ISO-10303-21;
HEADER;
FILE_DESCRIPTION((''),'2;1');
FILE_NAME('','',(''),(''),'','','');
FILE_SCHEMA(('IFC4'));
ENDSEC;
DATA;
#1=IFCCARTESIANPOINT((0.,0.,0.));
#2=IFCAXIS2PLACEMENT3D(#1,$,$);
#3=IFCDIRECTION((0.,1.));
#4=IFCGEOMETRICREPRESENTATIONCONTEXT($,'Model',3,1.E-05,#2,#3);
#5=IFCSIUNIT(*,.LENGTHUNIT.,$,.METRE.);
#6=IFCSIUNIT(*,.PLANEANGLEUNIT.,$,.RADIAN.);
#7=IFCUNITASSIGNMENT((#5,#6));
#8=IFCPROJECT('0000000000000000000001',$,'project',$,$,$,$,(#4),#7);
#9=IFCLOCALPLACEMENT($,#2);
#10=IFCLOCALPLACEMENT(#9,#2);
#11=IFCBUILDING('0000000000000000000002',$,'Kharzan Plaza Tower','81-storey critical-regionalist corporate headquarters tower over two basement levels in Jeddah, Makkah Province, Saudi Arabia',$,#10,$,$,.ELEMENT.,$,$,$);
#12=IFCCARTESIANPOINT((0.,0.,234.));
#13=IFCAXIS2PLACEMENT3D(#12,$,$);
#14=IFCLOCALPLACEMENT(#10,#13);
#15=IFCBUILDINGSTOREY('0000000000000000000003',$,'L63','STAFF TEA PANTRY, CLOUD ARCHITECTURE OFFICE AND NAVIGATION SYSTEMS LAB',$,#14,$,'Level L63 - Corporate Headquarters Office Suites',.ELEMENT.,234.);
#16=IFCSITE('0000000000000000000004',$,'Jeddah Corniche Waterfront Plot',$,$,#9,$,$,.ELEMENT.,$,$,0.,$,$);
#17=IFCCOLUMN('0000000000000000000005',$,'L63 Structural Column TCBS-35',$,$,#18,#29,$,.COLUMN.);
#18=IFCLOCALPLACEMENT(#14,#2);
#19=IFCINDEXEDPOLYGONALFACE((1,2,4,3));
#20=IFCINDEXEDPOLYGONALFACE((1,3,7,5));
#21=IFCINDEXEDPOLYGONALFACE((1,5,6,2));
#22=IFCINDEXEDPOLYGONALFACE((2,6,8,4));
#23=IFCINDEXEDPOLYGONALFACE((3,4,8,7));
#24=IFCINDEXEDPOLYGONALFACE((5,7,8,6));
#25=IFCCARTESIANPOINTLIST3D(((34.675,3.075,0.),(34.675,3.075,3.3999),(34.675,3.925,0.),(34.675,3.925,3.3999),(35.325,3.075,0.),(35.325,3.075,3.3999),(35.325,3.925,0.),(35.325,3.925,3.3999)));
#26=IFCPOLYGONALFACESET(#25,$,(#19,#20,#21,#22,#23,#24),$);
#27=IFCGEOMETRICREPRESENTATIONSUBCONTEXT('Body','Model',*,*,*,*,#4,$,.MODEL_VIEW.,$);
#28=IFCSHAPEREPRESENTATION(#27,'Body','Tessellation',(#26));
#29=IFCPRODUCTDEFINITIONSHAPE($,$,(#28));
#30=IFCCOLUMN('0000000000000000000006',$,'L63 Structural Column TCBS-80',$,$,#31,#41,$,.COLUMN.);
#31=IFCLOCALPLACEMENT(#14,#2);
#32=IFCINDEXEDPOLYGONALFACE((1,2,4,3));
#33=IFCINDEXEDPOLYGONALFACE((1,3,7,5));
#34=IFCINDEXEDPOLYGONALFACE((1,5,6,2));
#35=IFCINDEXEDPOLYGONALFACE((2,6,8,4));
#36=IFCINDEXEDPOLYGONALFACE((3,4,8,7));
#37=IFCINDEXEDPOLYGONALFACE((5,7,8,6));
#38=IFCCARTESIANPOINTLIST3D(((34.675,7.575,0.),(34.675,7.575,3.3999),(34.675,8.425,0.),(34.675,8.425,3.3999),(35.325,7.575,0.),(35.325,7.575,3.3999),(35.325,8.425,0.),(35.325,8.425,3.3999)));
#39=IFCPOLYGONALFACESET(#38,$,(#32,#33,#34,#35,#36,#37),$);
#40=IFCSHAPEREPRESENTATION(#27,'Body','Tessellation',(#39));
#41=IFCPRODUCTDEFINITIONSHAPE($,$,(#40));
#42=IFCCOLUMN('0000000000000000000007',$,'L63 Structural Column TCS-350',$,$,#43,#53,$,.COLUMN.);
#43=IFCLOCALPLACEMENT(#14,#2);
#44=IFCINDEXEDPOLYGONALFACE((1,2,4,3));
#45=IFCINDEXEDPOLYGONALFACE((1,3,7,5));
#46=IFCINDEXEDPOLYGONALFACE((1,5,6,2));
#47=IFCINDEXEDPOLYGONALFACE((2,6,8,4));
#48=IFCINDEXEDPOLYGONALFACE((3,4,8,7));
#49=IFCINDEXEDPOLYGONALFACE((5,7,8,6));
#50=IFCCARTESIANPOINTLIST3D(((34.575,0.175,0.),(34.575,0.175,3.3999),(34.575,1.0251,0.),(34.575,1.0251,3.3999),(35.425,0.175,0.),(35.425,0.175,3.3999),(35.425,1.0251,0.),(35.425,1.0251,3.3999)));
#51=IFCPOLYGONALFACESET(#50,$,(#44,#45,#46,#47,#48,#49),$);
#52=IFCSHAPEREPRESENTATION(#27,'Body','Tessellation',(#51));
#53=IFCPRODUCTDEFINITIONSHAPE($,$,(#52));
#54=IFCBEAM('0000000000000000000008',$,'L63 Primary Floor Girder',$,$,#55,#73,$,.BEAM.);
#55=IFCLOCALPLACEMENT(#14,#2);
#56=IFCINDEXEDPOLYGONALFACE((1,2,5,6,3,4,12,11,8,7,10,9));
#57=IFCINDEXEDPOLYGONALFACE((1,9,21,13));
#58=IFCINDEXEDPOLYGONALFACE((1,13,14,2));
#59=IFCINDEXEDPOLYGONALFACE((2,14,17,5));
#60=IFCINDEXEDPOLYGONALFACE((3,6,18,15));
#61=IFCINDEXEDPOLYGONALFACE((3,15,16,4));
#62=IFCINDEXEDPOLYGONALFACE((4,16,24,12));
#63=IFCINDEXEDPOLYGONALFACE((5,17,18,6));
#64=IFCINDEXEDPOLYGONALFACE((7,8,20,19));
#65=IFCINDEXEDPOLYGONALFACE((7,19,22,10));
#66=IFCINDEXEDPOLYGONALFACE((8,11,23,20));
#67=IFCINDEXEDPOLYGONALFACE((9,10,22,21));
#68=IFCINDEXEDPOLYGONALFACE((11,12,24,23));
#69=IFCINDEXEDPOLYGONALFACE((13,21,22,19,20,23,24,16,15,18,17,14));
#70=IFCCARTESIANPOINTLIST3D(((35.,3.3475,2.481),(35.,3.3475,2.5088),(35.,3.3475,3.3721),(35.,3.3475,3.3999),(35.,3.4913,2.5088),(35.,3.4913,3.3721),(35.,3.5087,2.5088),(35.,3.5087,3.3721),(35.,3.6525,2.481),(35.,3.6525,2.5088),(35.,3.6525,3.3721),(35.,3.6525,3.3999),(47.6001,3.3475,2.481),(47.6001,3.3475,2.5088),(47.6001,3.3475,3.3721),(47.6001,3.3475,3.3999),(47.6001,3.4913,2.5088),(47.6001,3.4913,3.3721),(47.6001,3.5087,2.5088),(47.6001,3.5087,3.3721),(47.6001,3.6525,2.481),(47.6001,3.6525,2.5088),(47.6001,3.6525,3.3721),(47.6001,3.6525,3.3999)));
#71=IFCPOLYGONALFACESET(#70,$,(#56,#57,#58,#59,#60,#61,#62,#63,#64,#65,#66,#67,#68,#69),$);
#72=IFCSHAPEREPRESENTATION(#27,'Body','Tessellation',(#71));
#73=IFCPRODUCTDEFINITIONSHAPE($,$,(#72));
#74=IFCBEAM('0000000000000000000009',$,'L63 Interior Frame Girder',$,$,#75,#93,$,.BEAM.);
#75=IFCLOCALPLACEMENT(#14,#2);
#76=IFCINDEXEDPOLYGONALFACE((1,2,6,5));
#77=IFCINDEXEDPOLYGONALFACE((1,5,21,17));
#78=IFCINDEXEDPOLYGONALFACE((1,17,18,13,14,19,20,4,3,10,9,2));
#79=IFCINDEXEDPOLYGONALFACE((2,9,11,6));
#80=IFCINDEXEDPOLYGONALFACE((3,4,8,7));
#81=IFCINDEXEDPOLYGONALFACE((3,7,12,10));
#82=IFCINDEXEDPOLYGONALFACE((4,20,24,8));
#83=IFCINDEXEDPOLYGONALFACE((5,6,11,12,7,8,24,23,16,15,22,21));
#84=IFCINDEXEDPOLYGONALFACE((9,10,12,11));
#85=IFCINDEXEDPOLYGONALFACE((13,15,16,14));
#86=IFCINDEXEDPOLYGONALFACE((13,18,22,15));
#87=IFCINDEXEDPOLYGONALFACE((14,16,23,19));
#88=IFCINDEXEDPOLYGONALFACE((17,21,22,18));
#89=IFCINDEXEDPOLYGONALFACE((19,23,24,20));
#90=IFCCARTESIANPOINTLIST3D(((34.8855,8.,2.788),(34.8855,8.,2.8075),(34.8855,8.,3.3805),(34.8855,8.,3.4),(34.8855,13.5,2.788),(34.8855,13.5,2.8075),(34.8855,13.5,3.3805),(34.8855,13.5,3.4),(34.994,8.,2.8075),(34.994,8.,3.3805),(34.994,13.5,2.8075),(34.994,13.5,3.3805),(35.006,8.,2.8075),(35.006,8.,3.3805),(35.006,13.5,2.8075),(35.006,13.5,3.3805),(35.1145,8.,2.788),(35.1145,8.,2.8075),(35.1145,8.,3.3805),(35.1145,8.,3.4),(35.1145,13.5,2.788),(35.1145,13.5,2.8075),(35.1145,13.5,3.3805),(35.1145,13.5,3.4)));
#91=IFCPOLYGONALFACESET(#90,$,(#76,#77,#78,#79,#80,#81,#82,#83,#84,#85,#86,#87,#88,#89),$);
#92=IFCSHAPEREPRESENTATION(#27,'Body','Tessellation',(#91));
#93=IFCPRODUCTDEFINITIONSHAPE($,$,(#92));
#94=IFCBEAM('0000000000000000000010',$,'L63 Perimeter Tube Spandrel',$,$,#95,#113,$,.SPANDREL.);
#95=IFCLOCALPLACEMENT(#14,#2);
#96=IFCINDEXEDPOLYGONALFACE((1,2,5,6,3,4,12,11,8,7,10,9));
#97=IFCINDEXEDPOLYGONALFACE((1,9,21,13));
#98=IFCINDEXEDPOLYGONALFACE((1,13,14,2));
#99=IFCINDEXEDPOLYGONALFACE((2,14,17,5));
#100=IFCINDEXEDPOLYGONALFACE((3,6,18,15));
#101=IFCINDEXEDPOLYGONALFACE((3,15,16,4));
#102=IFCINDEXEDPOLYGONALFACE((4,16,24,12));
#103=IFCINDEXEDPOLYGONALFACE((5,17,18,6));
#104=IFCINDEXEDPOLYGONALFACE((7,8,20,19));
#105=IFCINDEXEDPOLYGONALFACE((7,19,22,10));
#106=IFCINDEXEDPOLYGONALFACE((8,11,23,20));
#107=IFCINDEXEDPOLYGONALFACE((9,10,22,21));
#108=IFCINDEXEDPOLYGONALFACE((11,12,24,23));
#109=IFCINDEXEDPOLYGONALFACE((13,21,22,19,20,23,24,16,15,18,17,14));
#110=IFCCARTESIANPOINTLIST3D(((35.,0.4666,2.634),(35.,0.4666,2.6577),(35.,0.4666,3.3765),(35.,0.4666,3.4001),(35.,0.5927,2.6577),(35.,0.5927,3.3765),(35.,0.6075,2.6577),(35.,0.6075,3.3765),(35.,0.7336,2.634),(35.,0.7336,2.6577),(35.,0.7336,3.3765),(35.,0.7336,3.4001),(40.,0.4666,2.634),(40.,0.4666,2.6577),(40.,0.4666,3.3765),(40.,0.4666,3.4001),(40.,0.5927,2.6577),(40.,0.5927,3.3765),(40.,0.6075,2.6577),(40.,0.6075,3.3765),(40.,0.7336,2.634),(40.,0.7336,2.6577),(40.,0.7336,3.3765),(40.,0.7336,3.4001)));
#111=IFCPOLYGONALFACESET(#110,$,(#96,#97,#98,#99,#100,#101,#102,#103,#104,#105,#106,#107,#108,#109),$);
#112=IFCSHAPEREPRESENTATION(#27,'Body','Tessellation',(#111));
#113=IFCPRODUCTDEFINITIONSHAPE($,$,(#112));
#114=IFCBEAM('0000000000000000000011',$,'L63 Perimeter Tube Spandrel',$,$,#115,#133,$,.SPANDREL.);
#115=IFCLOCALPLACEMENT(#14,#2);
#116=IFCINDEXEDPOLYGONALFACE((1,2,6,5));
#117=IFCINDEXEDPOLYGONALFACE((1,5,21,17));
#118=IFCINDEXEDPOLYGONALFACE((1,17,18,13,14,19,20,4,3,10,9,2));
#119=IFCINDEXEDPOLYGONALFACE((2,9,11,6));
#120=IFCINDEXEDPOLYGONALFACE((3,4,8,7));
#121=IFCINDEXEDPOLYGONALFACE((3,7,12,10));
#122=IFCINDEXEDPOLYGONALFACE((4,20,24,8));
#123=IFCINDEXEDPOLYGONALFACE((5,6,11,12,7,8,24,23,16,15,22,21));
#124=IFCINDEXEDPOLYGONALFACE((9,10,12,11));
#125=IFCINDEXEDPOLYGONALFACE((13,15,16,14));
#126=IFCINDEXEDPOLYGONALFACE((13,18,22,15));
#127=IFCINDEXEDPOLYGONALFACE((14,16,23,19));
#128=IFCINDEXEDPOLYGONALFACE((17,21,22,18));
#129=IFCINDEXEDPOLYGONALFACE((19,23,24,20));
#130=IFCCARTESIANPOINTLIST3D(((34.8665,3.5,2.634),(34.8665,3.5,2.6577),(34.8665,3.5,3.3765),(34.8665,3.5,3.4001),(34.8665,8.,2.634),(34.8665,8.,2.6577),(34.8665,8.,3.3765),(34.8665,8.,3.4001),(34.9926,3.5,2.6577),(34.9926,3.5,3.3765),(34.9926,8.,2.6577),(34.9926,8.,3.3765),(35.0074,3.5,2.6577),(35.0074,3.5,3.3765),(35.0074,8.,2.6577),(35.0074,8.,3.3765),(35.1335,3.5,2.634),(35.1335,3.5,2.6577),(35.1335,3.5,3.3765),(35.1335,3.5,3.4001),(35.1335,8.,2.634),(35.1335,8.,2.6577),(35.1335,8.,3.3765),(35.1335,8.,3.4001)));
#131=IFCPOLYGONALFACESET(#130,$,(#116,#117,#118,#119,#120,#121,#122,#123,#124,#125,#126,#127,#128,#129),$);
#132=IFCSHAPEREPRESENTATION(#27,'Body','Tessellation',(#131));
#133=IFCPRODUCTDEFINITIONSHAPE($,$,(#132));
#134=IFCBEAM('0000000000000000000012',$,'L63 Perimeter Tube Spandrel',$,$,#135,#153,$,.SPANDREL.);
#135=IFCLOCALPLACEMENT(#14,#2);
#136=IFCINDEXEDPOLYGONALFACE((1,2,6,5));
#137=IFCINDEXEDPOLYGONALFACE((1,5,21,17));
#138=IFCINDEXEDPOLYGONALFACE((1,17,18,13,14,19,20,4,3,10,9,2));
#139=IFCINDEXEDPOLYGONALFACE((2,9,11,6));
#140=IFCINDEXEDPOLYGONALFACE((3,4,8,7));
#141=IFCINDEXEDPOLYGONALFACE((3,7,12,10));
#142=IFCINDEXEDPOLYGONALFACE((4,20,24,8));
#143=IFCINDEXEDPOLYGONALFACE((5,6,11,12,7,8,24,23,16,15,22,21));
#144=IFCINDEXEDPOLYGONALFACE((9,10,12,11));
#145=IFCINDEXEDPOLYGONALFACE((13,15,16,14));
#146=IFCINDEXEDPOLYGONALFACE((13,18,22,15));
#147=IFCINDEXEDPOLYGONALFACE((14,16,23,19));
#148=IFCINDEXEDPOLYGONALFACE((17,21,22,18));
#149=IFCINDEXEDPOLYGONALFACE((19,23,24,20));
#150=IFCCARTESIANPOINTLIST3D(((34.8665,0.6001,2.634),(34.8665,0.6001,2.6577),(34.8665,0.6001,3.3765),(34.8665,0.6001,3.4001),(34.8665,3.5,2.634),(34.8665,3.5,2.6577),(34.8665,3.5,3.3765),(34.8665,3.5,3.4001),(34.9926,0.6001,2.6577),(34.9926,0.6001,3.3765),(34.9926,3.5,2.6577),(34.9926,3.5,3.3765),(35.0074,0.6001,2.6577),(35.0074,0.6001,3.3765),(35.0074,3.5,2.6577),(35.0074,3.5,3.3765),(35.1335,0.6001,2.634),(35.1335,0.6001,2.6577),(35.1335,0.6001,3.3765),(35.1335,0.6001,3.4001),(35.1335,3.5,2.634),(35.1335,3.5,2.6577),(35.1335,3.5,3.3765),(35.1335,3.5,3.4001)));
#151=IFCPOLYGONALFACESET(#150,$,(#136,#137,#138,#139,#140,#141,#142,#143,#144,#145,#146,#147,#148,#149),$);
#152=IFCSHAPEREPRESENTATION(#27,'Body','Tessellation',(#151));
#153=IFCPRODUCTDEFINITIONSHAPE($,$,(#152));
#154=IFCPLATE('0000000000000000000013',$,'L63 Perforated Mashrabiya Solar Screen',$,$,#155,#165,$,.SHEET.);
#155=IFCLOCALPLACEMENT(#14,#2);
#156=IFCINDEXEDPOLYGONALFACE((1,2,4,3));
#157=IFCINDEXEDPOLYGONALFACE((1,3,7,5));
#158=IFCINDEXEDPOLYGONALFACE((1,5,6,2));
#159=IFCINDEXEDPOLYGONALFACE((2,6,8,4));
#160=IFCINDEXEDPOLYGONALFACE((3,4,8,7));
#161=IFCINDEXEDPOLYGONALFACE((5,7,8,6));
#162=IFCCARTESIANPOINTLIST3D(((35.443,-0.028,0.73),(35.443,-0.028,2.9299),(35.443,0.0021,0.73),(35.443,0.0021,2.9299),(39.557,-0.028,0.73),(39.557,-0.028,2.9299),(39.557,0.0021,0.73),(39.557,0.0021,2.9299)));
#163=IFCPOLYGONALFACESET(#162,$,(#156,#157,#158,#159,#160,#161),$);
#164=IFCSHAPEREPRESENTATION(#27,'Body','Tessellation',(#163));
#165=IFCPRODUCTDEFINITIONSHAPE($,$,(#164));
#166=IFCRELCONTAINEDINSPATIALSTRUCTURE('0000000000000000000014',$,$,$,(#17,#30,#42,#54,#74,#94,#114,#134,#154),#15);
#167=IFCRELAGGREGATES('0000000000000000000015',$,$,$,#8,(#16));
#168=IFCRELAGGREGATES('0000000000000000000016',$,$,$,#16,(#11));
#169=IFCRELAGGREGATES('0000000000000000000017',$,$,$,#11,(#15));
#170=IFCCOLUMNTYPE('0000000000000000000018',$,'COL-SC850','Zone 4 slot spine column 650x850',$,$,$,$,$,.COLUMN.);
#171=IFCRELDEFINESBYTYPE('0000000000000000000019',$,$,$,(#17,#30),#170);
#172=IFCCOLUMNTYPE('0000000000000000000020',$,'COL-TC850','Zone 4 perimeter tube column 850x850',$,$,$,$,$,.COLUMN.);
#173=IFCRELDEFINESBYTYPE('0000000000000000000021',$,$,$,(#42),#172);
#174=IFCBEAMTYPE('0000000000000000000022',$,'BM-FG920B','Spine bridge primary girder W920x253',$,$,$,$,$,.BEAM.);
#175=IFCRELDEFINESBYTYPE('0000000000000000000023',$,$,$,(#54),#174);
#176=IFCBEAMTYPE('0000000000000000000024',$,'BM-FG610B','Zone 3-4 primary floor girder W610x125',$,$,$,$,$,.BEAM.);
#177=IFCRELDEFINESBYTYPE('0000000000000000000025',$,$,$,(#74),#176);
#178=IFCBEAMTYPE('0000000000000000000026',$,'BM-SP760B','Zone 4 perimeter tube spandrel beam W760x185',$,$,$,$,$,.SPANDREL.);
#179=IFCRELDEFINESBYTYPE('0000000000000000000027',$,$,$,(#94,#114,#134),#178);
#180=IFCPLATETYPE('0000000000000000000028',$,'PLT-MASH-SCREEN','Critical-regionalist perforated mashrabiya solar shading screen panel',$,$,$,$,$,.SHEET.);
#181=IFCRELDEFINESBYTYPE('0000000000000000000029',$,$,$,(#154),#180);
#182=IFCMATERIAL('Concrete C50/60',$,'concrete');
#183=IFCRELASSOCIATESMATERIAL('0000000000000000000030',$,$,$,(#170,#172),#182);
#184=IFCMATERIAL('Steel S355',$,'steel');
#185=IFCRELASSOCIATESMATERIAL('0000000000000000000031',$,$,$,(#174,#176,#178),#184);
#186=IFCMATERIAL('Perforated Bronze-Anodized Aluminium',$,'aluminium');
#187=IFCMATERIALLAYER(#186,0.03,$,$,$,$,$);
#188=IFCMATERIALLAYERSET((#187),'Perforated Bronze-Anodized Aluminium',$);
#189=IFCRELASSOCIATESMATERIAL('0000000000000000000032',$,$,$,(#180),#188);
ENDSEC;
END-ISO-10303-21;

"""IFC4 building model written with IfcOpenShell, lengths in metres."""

from ifc_helpers import new_model, si_unit, direction, frame, origin, origin_2d, place, context, subcontext, project, spatial, rectangle, i_section, extrude, source, transform, mapped, material, layer, layer_set, material_profile, profile_set, type_object, element, save


model = new_model("IFC4")

# Units and contexts
model_context = context("Model", 3, precision=1e-05, world=origin(), true_north=direction((0.0, 1.0)))
body_context = subcontext(model_context, "Body", "Model", "MODEL_VIEW")
ifc_project = project(units=[si_unit("LENGTHUNIT", "METRE"), si_unit("PLANEANGLEUNIT", "RADIAN")], contexts=[model_context])

# Site, building, storey
site_placement = place(None, origin())
site = spatial("IfcSite", under=ifc_project, at=site_placement, Name="Jeddah Corniche Waterfront Plot", CompositionType="ELEMENT", RefElevation=0.0)
building_placement = place(site_placement, origin())
building = spatial("IfcBuilding", under=site, at=building_placement, Name="Kharzan Plaza Tower", Description="81-storey critical-regionalist corporate headquarters tower over two basement levels in Jeddah, Makkah Province, Saudi Arabia", CompositionType="ELEMENT")
storey_placement = place(building_placement, frame((0.0, 0.0, 234.0)))
storey = spatial("IfcBuildingStorey", under=building, at=storey_placement, Name="L63", Description="STAFF TEA PANTRY, CLOUD ARCHITECTURE OFFICE AND NAVIGATION SYSTEMS LAB", LongName="Level L63 - Corporate Headquarters Office Suites", CompositionType="ELEMENT", Elevation=234.0)

# Columns
ifc_material_1 = material(Name="Concrete C50/60", Category="concrete")
ifc_material_profile_1 = material_profile(ifc_material_1, rectangle(XDim=0.6499, YDim=0.8501, at=origin_2d()), Name="RC-SC850x650")
ifc_profile_set_1 = profile_set([ifc_material_profile_1], Name="Concrete C50/60")
column_type_1 = type_object("IfcColumnType", Name="COL-SC850", Description="Zone 4 slot spine column 650x850", PredefinedType="COLUMN", material=ifc_profile_set_1)
shared_shape_1 = source(origin(), body_context, "Body", "SweptSolid", [
    extrude(rectangle(XDim=0.6499, YDim=0.8501, at=origin_2d()), origin(), (0.0, 0.0, 1.0), 3.3999),
])
for number, where, z_axis, x_axis, name in (
    (1, (35.0, 3.5, 0.0), (0.0, 0.0, 1.0), (1.0, 0.0, 0.0), "L63 Structural Column TCBS-35"),
    (2, (35.0, 8.0, 0.0), (0.0, 0.0, 1.0), (1.0, 0.0, 0.0), "L63 Structural Column TCBS-80"),
):
    element("IfcColumn", number, at=place(storey_placement, frame(where, z_axis=z_axis, x_axis=x_axis)), inside=storey, type_object=column_type_1, Name=name, PredefinedType="COLUMN", context=body_context, shape_type="MappedRepresentation", body=[
        mapped(shared_shape_1, transform((0.0, 0.0, 0.0), x_axis=(1.0, 0.0, 0.0), y_axis=(0.0, 1.0, 0.0), z_axis=(0.0, 0.0, 1.0))),
    ])
ifc_material_profile_2 = material_profile(ifc_material_1, rectangle(XDim=0.8501, YDim=0.8501, at=origin_2d()), Name="RC-TC850x850")
ifc_profile_set_2 = profile_set([ifc_material_profile_2], Name="Concrete C50/60")
column_type_2 = type_object("IfcColumnType", Name="COL-TC850", Description="Zone 4 perimeter tube column 850x850", PredefinedType="COLUMN", material=ifc_profile_set_2)
shared_shape_2 = source(origin(), body_context, "Body", "SweptSolid", [
    extrude(rectangle(XDim=0.8501, YDim=0.8501, at=origin_2d()), origin(), (0.0, 0.0, 1.0), 3.3999),
])
column_placement = place(storey_placement, frame((35.0, 0.6001, 0.0), z_axis=(0.0, 0.0, 1.0), x_axis=(1.0, 0.0, 0.0)))
element("IfcColumn", 3, at=column_placement, inside=storey, type_object=column_type_2, Name="L63 Structural Column TCS-350", PredefinedType="COLUMN", context=body_context, shape_type="MappedRepresentation", body=[
    mapped(shared_shape_2, transform((0.0, 0.0, 0.0), x_axis=(1.0, 0.0, 0.0), y_axis=(0.0, 1.0, 0.0), z_axis=(0.0, 0.0, 1.0))),
])

# Beams
ifc_material_2 = material(Name="Steel S355", Category="steel")
ifc_material_profile_3 = material_profile(ifc_material_2, i_section(OverallWidth=0.3049, OverallDepth=0.9189, WebThickness=0.0173, FlangeThickness=0.0278, at=origin_2d()), Name="W920x253")
ifc_profile_set_3 = profile_set([ifc_material_profile_3], Name="Steel S355")
beam_type_1 = type_object("IfcBeamType", Name="BM-FG920B", Description="Spine bridge primary girder W920x253", PredefinedType="BEAM", material=ifc_profile_set_3)
shared_shape_3 = source(origin(), body_context, "Body", "SweptSolid", [
    extrude(i_section(OverallWidth=0.3049, OverallDepth=0.9189, WebThickness=0.0173, FlangeThickness=0.0278, at=origin_2d()), origin(), (0.0, 0.0, 1.0), 12.6001),
])
beam_1_placement = place(storey_placement, frame((35.0, 3.5, 2.9404), z_axis=(1.0, 0.0, 0.0), x_axis=(0.0, 1.0, 0.0)))
element("IfcBeam", 4, at=beam_1_placement, inside=storey, type_object=beam_type_1, Name="L63 Primary Floor Girder", PredefinedType="BEAM", context=body_context, shape_type="MappedRepresentation", body=[
    mapped(shared_shape_3, transform((0.0, 0.0, 0.0), x_axis=(1.0, 0.0, 0.0), y_axis=(0.0, 1.0, 0.0), z_axis=(0.0, 0.0, 1.0))),
])
ifc_material_profile_4 = material_profile(ifc_material_2, i_section(OverallWidth=0.229, OverallDepth=0.6121, WebThickness=0.012, FlangeThickness=0.0195, at=origin_2d()), Name="W610x125")
ifc_profile_set_4 = profile_set([ifc_material_profile_4], Name="Steel S355")
beam_type_2 = type_object("IfcBeamType", Name="BM-FG610B", Description="Zone 3-4 primary floor girder W610x125", PredefinedType="BEAM", material=ifc_profile_set_4)
shared_shape_4 = source(origin(), body_context, "Body", "SweptSolid", [
    extrude(i_section(OverallWidth=0.229, OverallDepth=0.6121, WebThickness=0.012, FlangeThickness=0.0195, at=origin_2d()), origin(), (0.0, 0.0, 1.0), 5.5),
])
beam_2_placement = place(storey_placement, frame((35.0, 8.0, 3.094), z_axis=(0.0, 1.0, 0.0), x_axis=(-1.0, 0.0, 0.0)))
element("IfcBeam", 5, at=beam_2_placement, inside=storey, type_object=beam_type_2, Name="L63 Interior Frame Girder", PredefinedType="BEAM", context=body_context, shape_type="MappedRepresentation", body=[
    mapped(shared_shape_4, transform((0.0, 0.0, 0.0), x_axis=(1.0, 0.0, 0.0), y_axis=(0.0, 1.0, 0.0), z_axis=(0.0, 0.0, 1.0))),
])
ifc_material_profile_5 = material_profile(ifc_material_2, i_section(OverallWidth=0.2671, OverallDepth=0.7661, WebThickness=0.0149, FlangeThickness=0.0237, at=origin_2d()), Name="W760x185")
ifc_profile_set_5 = profile_set([ifc_material_profile_5], Name="Steel S355")
beam_type_3 = type_object("IfcBeamType", Name="BM-SP760B", Description="Zone 4 perimeter tube spandrel beam W760x185", PredefinedType="SPANDREL", material=ifc_profile_set_5)
shared_shape_5 = source(origin(), body_context, "Body", "SweptSolid", [
    extrude(i_section(OverallWidth=0.2671, OverallDepth=0.7661, WebThickness=0.0149, FlangeThickness=0.0237, at=origin_2d()), origin(), (0.0, 0.0, 1.0), 5.0),
])
beam_3_placement = place(storey_placement, frame((35.0, 0.6001, 3.0171), z_axis=(1.0, 0.0, 0.0), x_axis=(0.0, 1.0, 0.0)))
element("IfcBeam", 6, at=beam_3_placement, inside=storey, type_object=beam_type_3, Name="L63 Perimeter Tube Spandrel", PredefinedType="SPANDREL", context=body_context, shape_type="MappedRepresentation", body=[
    mapped(shared_shape_5, transform((0.0, 0.0, 0.0), x_axis=(1.0, 0.0, 0.0), y_axis=(0.0, 1.0, 0.0), z_axis=(0.0, 0.0, 1.0))),
])
shared_shape_6 = source(origin(), body_context, "Body", "SweptSolid", [
    extrude(i_section(OverallWidth=0.2671, OverallDepth=0.7661, WebThickness=0.0149, FlangeThickness=0.0237, at=origin_2d()), origin(), (0.0, 0.0, 1.0), 4.5),
])
beam_4_placement = place(storey_placement, frame((35.0, 3.5, 3.0171), z_axis=(0.0, 1.0, 0.0), x_axis=(-1.0, 0.0, 0.0)))
element("IfcBeam", 7, at=beam_4_placement, inside=storey, type_object=beam_type_3, Name="L63 Perimeter Tube Spandrel", PredefinedType="SPANDREL", context=body_context, shape_type="MappedRepresentation", body=[
    mapped(shared_shape_6, transform((0.0, 0.0, 0.0), x_axis=(1.0, 0.0, 0.0), y_axis=(0.0, 1.0, 0.0), z_axis=(0.0, 0.0, 1.0))),
])
shared_shape_7 = source(origin(), body_context, "Body", "SweptSolid", [
    extrude(i_section(OverallWidth=0.2671, OverallDepth=0.7661, WebThickness=0.0149, FlangeThickness=0.0237, at=origin_2d()), origin(), (0.0, 0.0, 1.0), 2.8999),
])
beam_5_placement = place(storey_placement, frame((35.0, 0.6001, 3.0171), z_axis=(0.0, 1.0, 0.0), x_axis=(-1.0, 0.0, 0.0)))
element("IfcBeam", 8, at=beam_5_placement, inside=storey, type_object=beam_type_3, Name="L63 Perimeter Tube Spandrel", PredefinedType="SPANDREL", context=body_context, shape_type="MappedRepresentation", body=[
    mapped(shared_shape_7, transform((0.0, 0.0, 0.0), x_axis=(1.0, 0.0, 0.0), y_axis=(0.0, 1.0, 0.0), z_axis=(0.0, 0.0, 1.0))),
])

# Plate
ifc_material_3 = material(Name="Perforated Bronze-Anodized Aluminium", Category="aluminium")
ifc_layer_1 = layer(ifc_material_3, 0.03)
ifc_layer_set_1 = layer_set([ifc_layer_1], Name="Perforated Bronze-Anodized Aluminium")
plate_type = type_object("IfcPlateType", Name="PLT-MASH-SCREEN", Description="Critical-regionalist perforated mashrabiya solar shading screen panel", PredefinedType="SHEET", material=ifc_layer_set_1)
shared_shape_8 = source(origin(), body_context, "Body", "SweptSolid", [
    extrude(rectangle(XDim=4.114, YDim=0.03, at=origin_2d()), origin(), (0.0, 0.0, 1.0), 2.2),
])
plate_placement = place(storey_placement, frame((37.5, -0.0129, 0.73), z_axis=(0.0, 0.0, 1.0), x_axis=(1.0, 0.0, 0.0)))
element("IfcPlate", 9, at=plate_placement, inside=storey, type_object=plate_type, Name="L63 Perforated Mashrabiya Solar Screen", PredefinedType="SHEET", context=body_context, shape_type="MappedRepresentation", body=[
    mapped(shared_shape_8, transform((0.0, 0.0, 0.0), x_axis=(1.0, 0.0, 0.0), y_axis=(0.0, 1.0, 0.0), z_axis=(0.0, 0.0, 1.0))),
])

save(model, "model.ifc")
